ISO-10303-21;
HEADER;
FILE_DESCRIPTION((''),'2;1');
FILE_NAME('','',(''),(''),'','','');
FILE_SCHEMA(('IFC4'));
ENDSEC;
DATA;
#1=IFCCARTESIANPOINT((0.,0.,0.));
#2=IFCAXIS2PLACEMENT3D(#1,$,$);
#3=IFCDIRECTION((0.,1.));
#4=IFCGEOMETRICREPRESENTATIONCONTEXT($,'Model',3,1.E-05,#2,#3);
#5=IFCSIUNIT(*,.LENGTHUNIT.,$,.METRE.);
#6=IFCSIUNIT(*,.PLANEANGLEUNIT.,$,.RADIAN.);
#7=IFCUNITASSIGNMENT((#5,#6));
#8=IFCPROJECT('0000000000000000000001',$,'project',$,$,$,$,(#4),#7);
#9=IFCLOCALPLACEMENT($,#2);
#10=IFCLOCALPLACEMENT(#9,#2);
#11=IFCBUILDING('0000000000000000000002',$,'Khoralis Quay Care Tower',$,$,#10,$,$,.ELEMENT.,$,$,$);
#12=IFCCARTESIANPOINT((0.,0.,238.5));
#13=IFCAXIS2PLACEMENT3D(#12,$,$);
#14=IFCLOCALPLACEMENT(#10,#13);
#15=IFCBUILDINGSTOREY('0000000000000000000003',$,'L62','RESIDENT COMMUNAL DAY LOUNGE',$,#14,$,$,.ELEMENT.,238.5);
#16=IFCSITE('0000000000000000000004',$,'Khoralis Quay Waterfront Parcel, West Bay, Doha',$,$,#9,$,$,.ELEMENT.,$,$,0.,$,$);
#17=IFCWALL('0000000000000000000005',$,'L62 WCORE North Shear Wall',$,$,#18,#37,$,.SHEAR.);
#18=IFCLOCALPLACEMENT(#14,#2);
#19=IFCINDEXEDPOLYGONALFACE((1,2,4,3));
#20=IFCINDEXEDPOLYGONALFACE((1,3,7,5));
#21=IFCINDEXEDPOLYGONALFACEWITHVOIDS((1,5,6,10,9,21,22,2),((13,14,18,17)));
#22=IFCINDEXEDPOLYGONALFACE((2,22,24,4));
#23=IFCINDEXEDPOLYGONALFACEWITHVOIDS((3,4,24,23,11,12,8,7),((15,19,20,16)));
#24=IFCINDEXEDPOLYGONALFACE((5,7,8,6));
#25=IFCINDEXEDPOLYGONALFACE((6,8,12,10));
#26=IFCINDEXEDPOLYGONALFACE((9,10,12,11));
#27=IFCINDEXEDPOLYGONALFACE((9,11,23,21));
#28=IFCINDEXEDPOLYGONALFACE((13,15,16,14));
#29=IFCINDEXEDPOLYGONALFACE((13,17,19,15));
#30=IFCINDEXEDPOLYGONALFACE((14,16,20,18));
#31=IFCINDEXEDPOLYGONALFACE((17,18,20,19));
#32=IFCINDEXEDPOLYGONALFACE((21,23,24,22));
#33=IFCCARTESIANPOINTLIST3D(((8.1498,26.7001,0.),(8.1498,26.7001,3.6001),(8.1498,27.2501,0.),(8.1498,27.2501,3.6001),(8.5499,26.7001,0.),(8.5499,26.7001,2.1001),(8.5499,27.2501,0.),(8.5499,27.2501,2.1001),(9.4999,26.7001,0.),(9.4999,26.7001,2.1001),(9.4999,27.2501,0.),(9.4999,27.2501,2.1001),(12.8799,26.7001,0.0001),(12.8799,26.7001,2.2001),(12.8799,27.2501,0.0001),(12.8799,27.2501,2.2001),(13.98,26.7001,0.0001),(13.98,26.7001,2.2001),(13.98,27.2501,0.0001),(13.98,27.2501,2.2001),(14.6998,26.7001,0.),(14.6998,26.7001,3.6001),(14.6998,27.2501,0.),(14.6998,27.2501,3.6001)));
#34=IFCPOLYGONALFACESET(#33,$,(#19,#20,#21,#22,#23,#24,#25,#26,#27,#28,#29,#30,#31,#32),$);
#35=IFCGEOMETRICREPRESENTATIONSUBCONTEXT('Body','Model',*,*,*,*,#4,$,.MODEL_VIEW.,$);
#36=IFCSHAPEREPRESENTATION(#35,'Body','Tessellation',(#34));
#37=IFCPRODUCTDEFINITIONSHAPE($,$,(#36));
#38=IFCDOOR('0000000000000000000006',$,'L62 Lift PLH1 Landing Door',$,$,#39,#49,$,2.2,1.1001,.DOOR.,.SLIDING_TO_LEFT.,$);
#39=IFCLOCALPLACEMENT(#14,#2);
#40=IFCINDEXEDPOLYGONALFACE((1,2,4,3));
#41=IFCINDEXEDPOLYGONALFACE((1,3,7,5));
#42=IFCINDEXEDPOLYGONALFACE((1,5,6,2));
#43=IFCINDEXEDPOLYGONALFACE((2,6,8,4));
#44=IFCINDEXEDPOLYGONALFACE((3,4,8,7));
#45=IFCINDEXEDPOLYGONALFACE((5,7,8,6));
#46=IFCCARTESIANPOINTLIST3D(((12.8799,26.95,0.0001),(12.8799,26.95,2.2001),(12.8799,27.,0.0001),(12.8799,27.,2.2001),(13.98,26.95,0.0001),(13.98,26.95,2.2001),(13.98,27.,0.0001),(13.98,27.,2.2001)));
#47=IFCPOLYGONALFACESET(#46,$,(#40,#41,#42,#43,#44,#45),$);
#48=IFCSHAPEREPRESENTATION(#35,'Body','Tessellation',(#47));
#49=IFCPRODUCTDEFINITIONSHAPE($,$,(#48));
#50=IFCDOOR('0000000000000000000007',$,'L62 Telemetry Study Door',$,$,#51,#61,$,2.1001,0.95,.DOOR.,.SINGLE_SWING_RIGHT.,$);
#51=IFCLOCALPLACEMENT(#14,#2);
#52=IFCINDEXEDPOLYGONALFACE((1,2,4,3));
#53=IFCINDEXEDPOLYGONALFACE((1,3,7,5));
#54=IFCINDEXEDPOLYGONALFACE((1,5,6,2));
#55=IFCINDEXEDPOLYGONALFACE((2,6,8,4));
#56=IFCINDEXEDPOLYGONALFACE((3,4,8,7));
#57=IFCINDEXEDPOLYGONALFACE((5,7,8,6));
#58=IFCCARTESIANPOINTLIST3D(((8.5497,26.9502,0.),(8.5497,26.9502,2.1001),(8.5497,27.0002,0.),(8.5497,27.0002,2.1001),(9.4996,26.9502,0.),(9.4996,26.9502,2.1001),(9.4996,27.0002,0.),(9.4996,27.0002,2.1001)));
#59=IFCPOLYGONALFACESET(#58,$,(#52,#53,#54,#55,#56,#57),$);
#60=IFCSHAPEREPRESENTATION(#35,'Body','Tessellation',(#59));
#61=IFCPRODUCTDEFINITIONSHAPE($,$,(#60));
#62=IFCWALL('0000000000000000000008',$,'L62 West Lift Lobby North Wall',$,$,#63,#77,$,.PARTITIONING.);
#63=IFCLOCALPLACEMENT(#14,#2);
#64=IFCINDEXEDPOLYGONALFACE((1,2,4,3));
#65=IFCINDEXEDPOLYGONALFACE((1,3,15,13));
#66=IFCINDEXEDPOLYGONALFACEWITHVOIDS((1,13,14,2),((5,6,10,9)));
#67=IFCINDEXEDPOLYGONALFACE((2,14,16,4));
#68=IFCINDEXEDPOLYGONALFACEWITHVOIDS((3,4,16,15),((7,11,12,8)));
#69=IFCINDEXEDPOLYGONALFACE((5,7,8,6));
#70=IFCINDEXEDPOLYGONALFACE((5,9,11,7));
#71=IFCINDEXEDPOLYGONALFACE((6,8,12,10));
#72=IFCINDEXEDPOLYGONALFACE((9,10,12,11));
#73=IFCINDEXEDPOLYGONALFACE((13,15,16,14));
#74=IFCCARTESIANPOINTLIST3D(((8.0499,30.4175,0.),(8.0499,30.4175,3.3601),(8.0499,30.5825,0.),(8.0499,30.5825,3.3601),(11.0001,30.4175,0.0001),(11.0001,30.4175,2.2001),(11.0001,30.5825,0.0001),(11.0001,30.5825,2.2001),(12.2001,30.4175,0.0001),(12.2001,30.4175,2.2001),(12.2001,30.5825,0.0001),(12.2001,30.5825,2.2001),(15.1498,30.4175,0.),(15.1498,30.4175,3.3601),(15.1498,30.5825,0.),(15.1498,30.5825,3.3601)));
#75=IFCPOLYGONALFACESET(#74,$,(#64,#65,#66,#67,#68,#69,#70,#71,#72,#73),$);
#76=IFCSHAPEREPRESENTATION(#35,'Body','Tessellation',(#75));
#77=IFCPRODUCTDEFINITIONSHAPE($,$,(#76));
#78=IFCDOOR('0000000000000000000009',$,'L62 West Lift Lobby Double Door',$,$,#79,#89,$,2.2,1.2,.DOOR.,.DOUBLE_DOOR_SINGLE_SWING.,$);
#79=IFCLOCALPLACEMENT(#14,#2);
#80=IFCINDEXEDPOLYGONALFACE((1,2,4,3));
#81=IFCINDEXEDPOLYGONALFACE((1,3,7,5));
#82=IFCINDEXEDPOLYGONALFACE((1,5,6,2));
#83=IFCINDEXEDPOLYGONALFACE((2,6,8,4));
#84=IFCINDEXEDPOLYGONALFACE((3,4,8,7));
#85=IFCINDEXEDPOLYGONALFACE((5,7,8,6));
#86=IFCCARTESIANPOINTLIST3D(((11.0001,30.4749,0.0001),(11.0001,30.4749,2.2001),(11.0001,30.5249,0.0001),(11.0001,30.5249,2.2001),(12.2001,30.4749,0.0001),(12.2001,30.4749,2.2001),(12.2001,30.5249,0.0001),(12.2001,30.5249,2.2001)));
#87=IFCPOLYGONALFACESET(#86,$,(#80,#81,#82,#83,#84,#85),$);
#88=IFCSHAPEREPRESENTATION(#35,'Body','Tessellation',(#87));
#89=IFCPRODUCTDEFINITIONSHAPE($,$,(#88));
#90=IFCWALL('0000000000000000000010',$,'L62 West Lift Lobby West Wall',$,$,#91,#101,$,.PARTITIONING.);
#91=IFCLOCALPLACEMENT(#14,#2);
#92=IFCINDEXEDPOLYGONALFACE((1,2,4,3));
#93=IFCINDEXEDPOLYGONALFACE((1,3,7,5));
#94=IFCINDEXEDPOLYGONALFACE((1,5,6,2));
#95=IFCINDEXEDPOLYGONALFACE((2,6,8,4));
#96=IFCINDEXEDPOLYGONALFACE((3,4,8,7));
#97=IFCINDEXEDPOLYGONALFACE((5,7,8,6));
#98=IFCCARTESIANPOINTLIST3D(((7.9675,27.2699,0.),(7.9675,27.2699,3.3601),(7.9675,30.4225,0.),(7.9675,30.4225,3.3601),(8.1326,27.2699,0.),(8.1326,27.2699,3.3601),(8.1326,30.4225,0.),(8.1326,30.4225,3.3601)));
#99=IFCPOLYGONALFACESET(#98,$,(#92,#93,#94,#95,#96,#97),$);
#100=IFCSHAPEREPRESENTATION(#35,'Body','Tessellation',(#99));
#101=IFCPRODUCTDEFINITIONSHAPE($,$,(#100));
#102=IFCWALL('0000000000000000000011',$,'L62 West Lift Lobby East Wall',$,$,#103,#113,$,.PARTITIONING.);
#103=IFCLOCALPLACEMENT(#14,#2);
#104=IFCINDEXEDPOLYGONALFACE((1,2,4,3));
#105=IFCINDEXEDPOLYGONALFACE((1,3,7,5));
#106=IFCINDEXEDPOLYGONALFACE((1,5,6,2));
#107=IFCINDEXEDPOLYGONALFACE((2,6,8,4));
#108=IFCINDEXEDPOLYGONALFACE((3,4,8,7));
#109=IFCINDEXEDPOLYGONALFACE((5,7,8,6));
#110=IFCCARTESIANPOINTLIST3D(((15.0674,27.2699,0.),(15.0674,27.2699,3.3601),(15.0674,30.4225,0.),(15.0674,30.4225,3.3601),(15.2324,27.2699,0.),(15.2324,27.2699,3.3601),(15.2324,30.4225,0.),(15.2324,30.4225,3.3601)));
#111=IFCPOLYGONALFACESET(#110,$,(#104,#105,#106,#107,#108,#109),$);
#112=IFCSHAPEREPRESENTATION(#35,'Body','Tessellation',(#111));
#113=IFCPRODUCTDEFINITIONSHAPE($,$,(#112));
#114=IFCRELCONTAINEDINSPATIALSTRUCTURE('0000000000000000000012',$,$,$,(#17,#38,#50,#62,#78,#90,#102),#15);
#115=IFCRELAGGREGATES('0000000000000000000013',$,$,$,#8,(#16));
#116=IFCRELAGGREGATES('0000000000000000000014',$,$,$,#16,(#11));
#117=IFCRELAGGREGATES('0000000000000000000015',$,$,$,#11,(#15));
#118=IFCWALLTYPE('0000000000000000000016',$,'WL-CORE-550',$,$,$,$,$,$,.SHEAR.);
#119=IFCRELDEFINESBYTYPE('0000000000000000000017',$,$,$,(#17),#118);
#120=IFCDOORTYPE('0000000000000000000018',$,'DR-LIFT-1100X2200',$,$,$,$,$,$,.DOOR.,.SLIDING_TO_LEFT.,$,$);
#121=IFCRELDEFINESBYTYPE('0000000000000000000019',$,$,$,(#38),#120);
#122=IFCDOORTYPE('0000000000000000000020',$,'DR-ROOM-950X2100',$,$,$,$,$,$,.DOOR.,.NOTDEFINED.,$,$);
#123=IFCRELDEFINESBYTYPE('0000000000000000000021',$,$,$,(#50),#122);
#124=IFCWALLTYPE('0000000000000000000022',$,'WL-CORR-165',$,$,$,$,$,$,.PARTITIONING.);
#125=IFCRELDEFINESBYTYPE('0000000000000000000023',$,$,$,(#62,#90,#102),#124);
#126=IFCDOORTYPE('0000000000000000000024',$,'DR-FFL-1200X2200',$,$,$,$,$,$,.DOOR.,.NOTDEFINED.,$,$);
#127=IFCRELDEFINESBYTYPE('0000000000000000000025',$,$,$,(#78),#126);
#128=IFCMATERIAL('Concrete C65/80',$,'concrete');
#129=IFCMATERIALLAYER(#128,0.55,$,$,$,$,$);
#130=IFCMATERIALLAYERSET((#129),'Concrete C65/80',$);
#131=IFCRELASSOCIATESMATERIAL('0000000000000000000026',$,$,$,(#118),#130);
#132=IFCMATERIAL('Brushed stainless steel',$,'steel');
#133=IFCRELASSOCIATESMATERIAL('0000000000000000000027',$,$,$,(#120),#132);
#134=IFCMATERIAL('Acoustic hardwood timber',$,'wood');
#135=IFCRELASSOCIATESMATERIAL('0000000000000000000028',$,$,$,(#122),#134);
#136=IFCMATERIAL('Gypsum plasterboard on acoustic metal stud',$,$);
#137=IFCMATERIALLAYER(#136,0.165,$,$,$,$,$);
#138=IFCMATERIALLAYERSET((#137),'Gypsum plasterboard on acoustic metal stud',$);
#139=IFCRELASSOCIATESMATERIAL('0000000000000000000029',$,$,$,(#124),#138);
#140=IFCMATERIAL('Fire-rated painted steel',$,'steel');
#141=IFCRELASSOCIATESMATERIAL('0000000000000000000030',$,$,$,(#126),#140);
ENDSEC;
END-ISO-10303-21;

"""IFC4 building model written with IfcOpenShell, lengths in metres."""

from ifc_helpers import new_model, si_unit, direction, frame, frame_2d, origin, place, context, subcontext, project, spatial, rectangle, extrude, source, transform, mapped, material, layer, layer_set, type_object, element, fill, save


model = new_model("IFC4")

# Units and contexts
model_context = context("Model", 3, precision=1e-05, world=origin(), true_north=direction((0.0, 1.0)))
body_context = subcontext(model_context, "Body", "Model", "MODEL_VIEW")
ifc_project = project(units=[si_unit("LENGTHUNIT", "METRE"), si_unit("PLANEANGLEUNIT", "RADIAN")], contexts=[model_context])

# Site, building, storey
site_placement = place(None, origin())
site = spatial("IfcSite", under=ifc_project, at=site_placement, Name="Khoralis Quay Waterfront Parcel, West Bay, Doha", CompositionType="ELEMENT", RefElevation=0.0)
building_placement = place(site_placement, origin())
building = spatial("IfcBuilding", under=site, at=building_placement, Name="Khoralis Quay Care Tower", CompositionType="ELEMENT")
storey_placement = place(building_placement, frame((0.0, 0.0, 238.5)))
storey = spatial("IfcBuildingStorey", under=building, at=storey_placement, Name="L62", Description="RESIDENT COMMUNAL DAY LOUNGE", CompositionType="ELEMENT", Elevation=238.5)

# Wall, openings, doors
ifc_material_1 = material(Name="Concrete C65/80", Category="concrete")
ifc_layer_1 = layer(ifc_material_1, 0.55)
ifc_layer_set_1 = layer_set([ifc_layer_1], Name="Concrete C65/80")
wall_type_1 = type_object("IfcWallType", Name="WL-CORE-550", PredefinedType="SHEAR", material=ifc_layer_set_1)
wall_1_placement = place(storey_placement, frame((8.1499, 26.9751, 0.0), z_axis=(0.0, 0.0, 1.0), x_axis=(1.0, 0.0, 0.0)))
wall_1 = element("IfcWall", 1, at=wall_1_placement, inside=storey, type_object=wall_type_1, Name="L62 WCORE North Shear Wall", PredefinedType="SHEAR", context=body_context, shape_type="SweptSolid", body=[
    extrude(rectangle(XDim=6.55, YDim=0.55, at=frame_2d((3.2749, 0.0))), origin(), (0.0, 0.0, 1.0), 3.6001),
])
opening_1_placement = place(wall_1_placement, frame((0.3999, 0.0, 0.0)))
opening_1 = element("IfcOpeningElement", 2, at=opening_1_placement, cuts=wall_1, PredefinedType="OPENING", context=body_context, shape_type="SweptSolid", body=[
    extrude(rectangle(XDim=0.95, YDim=2.1001, at=frame_2d((0.4751, 1.05))), frame((0.0, 0.2852, 0.0), z_axis=(0.0, -1.0, 0.0), x_axis=(1.0, 0.0, 0.0)), (0.0, 0.0, 1.0), 0.5701),
])
opening_2_placement = place(wall_1_placement, frame((4.73, 0.0, 0.0)))
opening_2 = element("IfcOpeningElement", 3, at=opening_2_placement, cuts=wall_1, PredefinedType="OPENING", context=body_context, shape_type="SweptSolid", body=[
    extrude(rectangle(XDim=1.1001, YDim=2.2, at=frame_2d((0.55, 1.1001))), frame((0.0, 0.2852, 0.0), z_axis=(0.0, -1.0, 0.0), x_axis=(1.0, 0.0, 0.0)), (0.0, 0.0, 1.0), 0.5701),
])
ifc_material_2 = material(Name="Brushed stainless steel", Category="steel")
door_type_1 = type_object("IfcDoorType", Name="DR-LIFT-1100X2200", OperationType="SLIDING_TO_LEFT", PredefinedType="DOOR", material=ifc_material_2)
shared_shape_1 = source(origin(), body_context, "Body", "SweptSolid", [
    extrude(rectangle(XDim=1.1001, YDim=2.2, at=frame_2d((0.55, 1.1001))), frame((0.0, 0.0249, 0.0), z_axis=(0.0, -1.0, 0.0), x_axis=(1.0, 0.0, 0.0)), (0.0, 0.0, 1.0), 0.05),
])
door_1_placement = place(opening_2_placement, origin())
door_1 = element("IfcDoor", 4, at=door_1_placement, inside=storey, type_object=door_type_1, Name="L62 Lift PLH1 Landing Door", OperationType="SLIDING_TO_LEFT", OverallHeight=2.2, OverallWidth=1.1001, PredefinedType="DOOR", context=body_context, shape_type="MappedRepresentation", body=[
    mapped(shared_shape_1, transform((0.0, 0.0, 0.0), scale=1.0)),
])
fill(opening_2, door_1)
ifc_material_3 = material(Name="Acoustic hardwood timber", Category="wood")
door_type_2 = type_object("IfcDoorType", Name="DR-ROOM-950X2100", OperationType="NOTDEFINED", PredefinedType="DOOR", material=ifc_material_3)
shared_shape_2 = source(origin(), body_context, "Body", "SweptSolid", [
    extrude(rectangle(XDim=0.95, YDim=2.1001, at=frame_2d((0.4751, 1.05))), frame((0.0, 0.0249, 0.0), z_axis=(0.0, -1.0, 0.0), x_axis=(1.0, 0.0, 0.0)), (0.0, 0.0, 1.0), 0.05),
])
door_2_placement = place(opening_1_placement, frame((0.95, 0.0, 0.0), z_axis=(0.0, 0.0, 1.0), x_axis=(-1.0, 0.0, 0.0)))
door_2 = element("IfcDoor", 5, at=door_2_placement, inside=storey, type_object=door_type_2, Name="L62 Telemetry Study Door", OperationType="SINGLE_SWING_RIGHT", OverallHeight=2.1001, OverallWidth=0.95, PredefinedType="DOOR", context=body_context, shape_type="MappedRepresentation", body=[
    mapped(shared_shape_2, transform((0.0, 0.0, 0.0), scale=1.0)),
])
fill(opening_1, door_2)

# Wall, opening, door
ifc_material_4 = material(Name="Gypsum plasterboard on acoustic metal stud")
ifc_layer_2 = layer(ifc_material_4, 0.165)
ifc_layer_set_2 = layer_set([ifc_layer_2], Name="Gypsum plasterboard on acoustic metal stud")
wall_type_2 = type_object("IfcWallType", Name="WL-CORR-165", PredefinedType="PARTITIONING", material=ifc_layer_set_2)
wall_2_placement = place(storey_placement, frame((8.05, 30.5, 0.0), z_axis=(0.0, 0.0, 1.0), x_axis=(1.0, 0.0, 0.0)))
wall_2 = element("IfcWall", 6, at=wall_2_placement, inside=storey, type_object=wall_type_2, Name="L62 West Lift Lobby North Wall", PredefinedType="PARTITIONING", context=body_context, shape_type="SweptSolid", body=[
    extrude(rectangle(XDim=7.0999, YDim=0.165, at=frame_2d((3.5498, 0.0))), origin(), (0.0, 0.0, 1.0), 3.3601),
])
opening_3_placement = place(wall_2_placement, frame((2.95, 0.0, 0.0)))
opening_3 = element("IfcOpeningElement", 7, at=opening_3_placement, cuts=wall_2, PredefinedType="OPENING", context=body_context, shape_type="SweptSolid", body=[
    extrude(rectangle(XDim=1.2, YDim=2.2, at=frame_2d((0.6001, 1.1001))), frame((0.0, 0.0925, 0.0), z_axis=(0.0, -1.0, 0.0), x_axis=(1.0, 0.0, 0.0)), (0.0, 0.0, 1.0), 0.1851),
])
ifc_material_5 = material(Name="Fire-rated painted steel", Category="steel")
door_type_3 = type_object("IfcDoorType", Name="DR-FFL-1200X2200", OperationType="NOTDEFINED", PredefinedType="DOOR", material=ifc_material_5)
shared_shape_3 = source(origin(), body_context, "Body", "SweptSolid", [
    extrude(rectangle(XDim=1.2, YDim=2.2, at=frame_2d((0.6001, 1.1001))), frame((0.0, 0.0249, 0.0), z_axis=(0.0, -1.0, 0.0), x_axis=(1.0, 0.0, 0.0)), (0.0, 0.0, 1.0), 0.05),
])
door_3_placement = place(opening_3_placement, origin())
door_3 = element("IfcDoor", 8, at=door_3_placement, inside=storey, type_object=door_type_3, Name="L62 West Lift Lobby Double Door", OperationType="DOUBLE_DOOR_SINGLE_SWING", OverallHeight=2.2, OverallWidth=1.2, PredefinedType="DOOR", context=body_context, shape_type="MappedRepresentation", body=[
    mapped(shared_shape_3, transform((0.0, 0.0, 0.0), scale=1.0)),
])
fill(opening_3, door_3)

# Walls
for number, where, z_axis, x_axis, name in (
    (9, (8.05, 27.27, 0.0), (0.0, 0.0, 1.0), (0.0, 1.0, 0.0), "L62 West Lift Lobby West Wall"),
    (10, (15.1499, 27.27, 0.0), (0.0, 0.0, 1.0), (0.0, 1.0, 0.0), "L62 West Lift Lobby East Wall"),
):
    element("IfcWall", number, at=place(storey_placement, frame(where, z_axis=z_axis, x_axis=x_axis)), inside=storey, type_object=wall_type_2, Name=name, PredefinedType="PARTITIONING", context=body_context, shape_type="SweptSolid", body=[
        extrude(rectangle(XDim=3.1526, YDim=0.165, at=frame_2d((1.5762, 0.0))), origin(), (0.0, 0.0, 1.0), 3.3601),
    ])

save(model, "model.ifc")
